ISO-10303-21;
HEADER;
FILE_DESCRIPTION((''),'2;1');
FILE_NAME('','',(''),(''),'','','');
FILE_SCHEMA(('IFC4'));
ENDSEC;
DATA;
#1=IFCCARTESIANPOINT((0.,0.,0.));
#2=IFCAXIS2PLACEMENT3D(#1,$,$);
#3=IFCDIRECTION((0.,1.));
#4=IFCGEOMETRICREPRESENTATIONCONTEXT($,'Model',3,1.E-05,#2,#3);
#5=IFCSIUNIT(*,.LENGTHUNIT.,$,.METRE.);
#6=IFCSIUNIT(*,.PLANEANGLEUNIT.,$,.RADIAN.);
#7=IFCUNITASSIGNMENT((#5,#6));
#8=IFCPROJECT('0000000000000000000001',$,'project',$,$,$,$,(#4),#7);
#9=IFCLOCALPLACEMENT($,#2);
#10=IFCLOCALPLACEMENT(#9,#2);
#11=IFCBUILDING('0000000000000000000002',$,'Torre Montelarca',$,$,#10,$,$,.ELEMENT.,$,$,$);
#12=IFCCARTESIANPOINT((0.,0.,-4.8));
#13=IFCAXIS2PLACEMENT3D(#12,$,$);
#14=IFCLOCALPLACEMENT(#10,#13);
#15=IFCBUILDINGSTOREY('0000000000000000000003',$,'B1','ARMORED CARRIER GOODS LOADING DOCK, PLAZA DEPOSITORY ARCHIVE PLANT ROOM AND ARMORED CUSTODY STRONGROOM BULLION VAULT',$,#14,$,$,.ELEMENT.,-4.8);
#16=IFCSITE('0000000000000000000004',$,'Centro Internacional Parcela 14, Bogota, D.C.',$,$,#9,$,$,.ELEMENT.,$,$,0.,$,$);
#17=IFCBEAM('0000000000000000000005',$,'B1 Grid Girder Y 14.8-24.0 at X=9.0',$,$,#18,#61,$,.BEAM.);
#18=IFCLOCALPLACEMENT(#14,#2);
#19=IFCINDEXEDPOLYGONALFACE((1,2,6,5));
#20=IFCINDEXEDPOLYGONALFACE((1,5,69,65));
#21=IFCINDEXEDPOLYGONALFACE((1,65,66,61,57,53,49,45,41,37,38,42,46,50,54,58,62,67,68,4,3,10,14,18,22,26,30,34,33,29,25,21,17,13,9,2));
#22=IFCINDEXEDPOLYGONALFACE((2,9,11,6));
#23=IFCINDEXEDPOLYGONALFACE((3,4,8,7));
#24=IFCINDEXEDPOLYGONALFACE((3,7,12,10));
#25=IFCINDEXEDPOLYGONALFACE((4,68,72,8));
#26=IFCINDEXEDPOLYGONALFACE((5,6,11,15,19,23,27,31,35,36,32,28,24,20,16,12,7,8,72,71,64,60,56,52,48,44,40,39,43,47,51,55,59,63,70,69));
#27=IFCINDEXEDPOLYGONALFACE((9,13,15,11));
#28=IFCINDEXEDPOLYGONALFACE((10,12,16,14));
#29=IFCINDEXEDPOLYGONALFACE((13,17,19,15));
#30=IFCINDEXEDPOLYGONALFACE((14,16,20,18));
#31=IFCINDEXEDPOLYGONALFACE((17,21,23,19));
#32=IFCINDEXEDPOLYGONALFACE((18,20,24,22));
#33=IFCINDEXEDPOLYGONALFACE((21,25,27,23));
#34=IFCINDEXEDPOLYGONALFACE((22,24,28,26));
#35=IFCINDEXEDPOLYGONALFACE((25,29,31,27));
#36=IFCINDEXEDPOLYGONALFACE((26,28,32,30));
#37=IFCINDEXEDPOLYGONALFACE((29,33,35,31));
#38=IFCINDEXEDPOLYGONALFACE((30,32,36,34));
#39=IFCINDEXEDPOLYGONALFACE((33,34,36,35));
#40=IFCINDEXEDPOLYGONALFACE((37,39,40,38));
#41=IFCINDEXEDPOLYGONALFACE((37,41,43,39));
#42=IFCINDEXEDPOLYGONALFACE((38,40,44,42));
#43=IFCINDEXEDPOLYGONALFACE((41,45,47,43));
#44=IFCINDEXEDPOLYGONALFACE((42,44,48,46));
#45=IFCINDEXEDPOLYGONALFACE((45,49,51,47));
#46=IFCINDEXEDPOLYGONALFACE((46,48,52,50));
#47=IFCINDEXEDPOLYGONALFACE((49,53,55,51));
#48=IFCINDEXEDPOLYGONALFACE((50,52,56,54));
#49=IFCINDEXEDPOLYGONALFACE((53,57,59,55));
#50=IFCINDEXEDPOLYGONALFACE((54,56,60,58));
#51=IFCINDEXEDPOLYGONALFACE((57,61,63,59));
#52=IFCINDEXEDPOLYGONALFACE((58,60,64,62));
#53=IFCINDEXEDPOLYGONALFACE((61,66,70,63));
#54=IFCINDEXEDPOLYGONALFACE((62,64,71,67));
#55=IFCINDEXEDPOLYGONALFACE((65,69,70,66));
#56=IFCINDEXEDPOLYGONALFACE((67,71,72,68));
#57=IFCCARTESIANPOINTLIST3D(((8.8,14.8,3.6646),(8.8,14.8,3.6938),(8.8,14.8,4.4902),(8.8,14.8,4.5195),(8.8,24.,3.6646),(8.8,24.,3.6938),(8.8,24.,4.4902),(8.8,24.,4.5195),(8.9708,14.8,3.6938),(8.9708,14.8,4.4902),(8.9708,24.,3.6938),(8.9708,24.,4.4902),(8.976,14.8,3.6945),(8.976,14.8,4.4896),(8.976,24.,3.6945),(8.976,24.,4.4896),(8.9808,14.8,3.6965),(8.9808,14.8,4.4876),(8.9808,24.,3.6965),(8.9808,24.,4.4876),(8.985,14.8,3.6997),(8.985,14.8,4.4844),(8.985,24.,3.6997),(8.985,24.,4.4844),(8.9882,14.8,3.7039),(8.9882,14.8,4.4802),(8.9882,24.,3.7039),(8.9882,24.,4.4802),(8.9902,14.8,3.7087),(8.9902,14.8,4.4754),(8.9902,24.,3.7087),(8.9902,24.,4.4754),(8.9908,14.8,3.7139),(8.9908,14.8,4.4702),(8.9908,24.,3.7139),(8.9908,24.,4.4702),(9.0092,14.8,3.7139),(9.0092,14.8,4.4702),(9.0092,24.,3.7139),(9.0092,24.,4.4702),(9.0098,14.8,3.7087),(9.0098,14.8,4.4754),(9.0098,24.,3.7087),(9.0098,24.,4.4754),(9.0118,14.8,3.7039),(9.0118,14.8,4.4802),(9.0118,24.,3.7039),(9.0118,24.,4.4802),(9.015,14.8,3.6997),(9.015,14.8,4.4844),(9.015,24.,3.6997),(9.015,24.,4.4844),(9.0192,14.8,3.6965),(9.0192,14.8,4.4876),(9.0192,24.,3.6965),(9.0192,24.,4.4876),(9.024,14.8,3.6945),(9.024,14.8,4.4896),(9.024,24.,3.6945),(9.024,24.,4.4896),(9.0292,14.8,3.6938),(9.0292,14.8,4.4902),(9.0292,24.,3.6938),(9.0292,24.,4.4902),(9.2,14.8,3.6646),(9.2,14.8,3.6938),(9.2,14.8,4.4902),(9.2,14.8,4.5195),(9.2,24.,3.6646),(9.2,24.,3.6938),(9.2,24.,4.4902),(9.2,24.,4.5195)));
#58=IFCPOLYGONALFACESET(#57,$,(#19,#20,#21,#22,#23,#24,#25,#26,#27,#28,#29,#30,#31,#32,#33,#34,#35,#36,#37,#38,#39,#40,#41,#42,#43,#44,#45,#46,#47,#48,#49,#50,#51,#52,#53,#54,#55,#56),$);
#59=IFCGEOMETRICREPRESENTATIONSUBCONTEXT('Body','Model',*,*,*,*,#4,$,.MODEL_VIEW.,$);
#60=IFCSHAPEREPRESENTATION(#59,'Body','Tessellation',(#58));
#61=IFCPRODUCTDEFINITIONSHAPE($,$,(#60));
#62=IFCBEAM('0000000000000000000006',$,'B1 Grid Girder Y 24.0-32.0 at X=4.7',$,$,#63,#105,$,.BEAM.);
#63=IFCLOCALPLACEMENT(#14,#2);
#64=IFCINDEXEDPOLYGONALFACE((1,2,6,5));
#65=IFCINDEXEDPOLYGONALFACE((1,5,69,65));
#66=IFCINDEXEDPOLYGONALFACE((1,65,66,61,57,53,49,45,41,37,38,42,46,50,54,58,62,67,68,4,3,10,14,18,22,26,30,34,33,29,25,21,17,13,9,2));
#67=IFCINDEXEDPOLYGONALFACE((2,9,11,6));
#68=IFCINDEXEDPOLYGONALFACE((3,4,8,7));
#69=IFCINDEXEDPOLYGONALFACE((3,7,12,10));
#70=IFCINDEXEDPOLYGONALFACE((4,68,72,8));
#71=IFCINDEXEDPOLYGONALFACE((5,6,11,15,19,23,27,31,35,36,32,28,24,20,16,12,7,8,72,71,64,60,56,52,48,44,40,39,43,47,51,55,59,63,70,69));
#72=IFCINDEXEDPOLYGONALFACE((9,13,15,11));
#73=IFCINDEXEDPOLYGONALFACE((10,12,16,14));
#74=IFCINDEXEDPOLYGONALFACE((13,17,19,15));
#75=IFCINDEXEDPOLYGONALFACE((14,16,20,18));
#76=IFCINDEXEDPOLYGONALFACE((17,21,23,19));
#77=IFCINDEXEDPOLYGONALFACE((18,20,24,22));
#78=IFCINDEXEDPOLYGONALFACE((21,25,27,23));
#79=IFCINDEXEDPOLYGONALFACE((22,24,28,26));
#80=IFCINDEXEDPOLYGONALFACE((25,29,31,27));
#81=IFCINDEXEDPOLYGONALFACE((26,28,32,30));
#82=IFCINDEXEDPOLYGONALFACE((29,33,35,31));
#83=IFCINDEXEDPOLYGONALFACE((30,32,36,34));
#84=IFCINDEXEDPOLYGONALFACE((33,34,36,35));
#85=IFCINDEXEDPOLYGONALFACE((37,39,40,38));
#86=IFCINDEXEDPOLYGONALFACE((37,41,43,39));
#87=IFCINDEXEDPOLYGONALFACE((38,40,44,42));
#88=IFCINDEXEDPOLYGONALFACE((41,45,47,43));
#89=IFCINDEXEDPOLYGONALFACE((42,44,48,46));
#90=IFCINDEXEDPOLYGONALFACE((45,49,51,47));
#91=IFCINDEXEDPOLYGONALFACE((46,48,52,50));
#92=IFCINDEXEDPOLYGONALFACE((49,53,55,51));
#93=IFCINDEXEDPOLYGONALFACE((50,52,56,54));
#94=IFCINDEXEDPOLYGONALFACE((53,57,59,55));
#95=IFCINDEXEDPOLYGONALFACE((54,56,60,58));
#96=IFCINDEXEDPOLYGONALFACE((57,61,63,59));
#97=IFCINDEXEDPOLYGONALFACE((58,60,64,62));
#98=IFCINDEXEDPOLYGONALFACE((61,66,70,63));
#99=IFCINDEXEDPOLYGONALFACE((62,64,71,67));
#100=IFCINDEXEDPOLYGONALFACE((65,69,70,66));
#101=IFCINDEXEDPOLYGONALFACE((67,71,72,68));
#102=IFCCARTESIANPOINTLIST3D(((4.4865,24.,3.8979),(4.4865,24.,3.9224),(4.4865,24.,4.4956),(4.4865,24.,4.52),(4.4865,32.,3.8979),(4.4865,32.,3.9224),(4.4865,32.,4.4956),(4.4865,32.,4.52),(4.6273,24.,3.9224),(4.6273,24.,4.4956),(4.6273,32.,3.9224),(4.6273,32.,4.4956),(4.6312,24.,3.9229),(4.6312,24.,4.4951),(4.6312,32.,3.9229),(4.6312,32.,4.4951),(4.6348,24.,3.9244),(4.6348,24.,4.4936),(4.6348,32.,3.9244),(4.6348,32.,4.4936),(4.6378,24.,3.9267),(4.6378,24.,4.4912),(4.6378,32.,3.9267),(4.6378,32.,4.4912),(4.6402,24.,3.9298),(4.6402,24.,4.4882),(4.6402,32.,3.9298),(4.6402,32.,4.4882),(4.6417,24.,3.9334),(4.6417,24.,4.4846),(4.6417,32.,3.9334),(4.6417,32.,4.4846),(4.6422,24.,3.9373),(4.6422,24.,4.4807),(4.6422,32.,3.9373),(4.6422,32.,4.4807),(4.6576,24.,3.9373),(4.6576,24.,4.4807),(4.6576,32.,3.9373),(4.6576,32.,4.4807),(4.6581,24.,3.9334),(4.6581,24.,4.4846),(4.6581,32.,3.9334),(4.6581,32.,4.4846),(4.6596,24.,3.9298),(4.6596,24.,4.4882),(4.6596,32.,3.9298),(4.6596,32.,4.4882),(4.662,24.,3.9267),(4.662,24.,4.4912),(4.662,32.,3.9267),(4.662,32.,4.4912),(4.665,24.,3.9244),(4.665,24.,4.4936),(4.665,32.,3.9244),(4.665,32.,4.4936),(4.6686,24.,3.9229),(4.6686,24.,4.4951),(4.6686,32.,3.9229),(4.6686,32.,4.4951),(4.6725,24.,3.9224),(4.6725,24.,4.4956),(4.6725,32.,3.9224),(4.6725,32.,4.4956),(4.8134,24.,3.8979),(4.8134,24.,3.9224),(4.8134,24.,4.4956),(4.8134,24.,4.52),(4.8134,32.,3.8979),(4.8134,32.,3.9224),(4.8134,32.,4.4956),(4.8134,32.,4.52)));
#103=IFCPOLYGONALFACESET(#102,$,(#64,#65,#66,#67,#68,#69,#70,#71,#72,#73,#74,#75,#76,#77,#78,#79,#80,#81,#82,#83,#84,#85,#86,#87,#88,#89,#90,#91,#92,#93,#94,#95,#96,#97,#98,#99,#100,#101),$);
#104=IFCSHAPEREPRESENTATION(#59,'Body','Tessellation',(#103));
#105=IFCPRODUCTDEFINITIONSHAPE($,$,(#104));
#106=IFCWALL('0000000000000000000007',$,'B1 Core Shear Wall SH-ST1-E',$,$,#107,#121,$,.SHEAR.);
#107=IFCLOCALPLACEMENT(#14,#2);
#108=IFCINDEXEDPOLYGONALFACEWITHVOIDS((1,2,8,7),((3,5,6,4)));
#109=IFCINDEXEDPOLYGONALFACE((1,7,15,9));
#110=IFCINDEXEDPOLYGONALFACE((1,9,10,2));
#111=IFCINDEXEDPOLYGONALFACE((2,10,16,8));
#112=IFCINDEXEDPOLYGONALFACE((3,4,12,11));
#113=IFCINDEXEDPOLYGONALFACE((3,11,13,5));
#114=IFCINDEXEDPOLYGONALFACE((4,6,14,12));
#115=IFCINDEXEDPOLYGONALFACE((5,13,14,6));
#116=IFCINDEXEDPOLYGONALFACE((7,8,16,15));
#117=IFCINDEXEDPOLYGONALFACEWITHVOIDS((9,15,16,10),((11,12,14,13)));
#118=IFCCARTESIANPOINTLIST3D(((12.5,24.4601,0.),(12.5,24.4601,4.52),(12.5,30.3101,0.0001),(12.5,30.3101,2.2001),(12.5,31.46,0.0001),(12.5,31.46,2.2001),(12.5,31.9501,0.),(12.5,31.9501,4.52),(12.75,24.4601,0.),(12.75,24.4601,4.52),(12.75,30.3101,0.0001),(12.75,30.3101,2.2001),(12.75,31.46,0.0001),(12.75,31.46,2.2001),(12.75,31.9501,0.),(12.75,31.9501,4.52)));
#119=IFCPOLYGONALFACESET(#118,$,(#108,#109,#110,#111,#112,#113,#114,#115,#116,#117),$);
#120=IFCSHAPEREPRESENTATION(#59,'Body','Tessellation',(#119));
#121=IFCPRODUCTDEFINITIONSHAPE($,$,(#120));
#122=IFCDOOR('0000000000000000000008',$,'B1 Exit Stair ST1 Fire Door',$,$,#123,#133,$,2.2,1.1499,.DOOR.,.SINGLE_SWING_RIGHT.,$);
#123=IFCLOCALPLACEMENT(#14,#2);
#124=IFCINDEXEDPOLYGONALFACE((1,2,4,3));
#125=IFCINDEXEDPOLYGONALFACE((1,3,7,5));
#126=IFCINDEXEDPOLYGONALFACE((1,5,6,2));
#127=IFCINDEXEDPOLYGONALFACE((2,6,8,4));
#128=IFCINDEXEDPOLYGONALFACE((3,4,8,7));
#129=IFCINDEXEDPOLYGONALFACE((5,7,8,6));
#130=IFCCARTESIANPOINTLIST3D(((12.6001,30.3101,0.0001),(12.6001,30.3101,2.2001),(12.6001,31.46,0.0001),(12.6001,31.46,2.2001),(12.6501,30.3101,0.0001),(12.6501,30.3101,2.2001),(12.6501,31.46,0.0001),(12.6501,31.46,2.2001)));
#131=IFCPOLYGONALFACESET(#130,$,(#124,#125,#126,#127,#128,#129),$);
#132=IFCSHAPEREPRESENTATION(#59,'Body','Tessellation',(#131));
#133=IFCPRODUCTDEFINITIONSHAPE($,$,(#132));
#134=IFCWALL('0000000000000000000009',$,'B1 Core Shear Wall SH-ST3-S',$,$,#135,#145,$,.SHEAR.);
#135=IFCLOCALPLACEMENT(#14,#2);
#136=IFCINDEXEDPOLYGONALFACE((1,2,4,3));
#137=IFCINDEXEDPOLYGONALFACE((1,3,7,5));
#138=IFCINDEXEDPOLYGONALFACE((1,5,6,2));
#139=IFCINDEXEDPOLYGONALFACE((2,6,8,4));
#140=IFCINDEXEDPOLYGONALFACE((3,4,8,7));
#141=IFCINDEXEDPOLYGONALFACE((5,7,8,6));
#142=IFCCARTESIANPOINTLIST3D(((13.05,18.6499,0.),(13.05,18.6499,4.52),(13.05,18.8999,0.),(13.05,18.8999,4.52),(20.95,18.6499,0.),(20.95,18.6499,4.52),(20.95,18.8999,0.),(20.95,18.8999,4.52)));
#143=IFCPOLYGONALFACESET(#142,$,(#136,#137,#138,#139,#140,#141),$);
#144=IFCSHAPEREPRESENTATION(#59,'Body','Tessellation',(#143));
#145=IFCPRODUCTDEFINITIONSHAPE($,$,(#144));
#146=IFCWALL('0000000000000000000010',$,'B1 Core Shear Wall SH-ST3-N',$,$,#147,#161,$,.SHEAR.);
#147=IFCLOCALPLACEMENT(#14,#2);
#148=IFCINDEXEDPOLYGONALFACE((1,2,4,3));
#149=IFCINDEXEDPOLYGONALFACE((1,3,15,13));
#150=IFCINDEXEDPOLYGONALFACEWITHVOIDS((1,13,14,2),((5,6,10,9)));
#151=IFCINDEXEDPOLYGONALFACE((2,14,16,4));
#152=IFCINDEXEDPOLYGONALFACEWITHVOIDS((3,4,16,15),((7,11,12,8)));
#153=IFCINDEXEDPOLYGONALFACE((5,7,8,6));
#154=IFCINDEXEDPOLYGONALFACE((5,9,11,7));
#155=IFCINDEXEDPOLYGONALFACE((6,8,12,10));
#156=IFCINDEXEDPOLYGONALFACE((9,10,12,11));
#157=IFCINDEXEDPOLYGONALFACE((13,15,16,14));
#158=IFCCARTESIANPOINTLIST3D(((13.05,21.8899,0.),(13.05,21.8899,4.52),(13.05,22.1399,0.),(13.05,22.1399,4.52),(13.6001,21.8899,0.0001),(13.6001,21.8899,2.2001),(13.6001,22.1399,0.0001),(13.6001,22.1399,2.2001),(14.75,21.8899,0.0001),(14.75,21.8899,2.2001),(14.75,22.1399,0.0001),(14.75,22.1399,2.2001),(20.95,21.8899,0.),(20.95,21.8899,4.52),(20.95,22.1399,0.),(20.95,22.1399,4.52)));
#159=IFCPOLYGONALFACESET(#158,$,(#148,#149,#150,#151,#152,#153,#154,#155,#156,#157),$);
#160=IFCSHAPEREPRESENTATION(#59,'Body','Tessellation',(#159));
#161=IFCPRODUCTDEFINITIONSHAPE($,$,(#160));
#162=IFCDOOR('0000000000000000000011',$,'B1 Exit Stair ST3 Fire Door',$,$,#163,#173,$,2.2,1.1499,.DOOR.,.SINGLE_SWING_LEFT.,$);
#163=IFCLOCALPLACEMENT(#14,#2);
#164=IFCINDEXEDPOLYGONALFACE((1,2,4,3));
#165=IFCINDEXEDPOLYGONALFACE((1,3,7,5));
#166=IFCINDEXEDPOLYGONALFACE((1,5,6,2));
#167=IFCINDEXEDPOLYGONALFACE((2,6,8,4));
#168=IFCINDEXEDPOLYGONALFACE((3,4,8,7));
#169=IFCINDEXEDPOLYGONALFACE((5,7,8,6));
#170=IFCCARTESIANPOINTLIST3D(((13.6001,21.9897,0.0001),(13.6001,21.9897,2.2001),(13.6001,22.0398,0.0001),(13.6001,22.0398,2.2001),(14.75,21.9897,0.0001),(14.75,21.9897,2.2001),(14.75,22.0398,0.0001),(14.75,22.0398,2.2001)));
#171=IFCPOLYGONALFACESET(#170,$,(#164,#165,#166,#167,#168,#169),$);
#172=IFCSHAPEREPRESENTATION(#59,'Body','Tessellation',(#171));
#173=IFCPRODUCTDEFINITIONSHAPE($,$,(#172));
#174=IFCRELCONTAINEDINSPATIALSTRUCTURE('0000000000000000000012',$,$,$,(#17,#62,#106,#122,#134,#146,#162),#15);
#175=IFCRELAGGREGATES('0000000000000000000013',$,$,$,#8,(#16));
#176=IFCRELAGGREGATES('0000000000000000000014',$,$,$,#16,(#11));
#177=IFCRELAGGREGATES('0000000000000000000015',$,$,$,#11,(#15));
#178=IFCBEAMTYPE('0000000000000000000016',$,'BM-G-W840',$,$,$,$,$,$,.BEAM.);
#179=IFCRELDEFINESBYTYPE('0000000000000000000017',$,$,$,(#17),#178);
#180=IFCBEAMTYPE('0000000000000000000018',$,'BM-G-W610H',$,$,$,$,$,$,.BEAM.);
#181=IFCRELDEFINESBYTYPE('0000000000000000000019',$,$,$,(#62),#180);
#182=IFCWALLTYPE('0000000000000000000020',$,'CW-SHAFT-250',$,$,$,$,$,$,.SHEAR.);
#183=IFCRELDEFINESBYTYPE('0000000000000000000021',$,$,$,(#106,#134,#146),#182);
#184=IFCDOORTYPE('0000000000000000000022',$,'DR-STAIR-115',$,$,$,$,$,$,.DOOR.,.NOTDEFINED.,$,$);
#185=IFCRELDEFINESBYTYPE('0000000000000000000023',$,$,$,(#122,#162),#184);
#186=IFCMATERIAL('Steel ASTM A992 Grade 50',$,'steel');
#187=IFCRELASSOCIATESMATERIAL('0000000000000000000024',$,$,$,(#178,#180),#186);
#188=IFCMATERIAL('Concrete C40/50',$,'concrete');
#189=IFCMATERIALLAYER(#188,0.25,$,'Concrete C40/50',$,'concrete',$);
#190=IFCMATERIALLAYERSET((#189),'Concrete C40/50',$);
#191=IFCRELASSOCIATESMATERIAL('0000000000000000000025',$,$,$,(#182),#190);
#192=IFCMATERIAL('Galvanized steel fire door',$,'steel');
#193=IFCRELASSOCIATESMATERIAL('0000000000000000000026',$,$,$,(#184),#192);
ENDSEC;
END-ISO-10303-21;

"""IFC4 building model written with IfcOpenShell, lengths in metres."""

from ifc_helpers import new_model, si_unit, direction, frame, frame_2d, origin, origin_2d, place, context, subcontext, project, spatial, rectangle, i_section, extrude, source, transform, mapped, material, layer, layer_set, material_profile, profile_set, type_object, element, fill, save


model = new_model("IFC4")

# Units and contexts
model_context = context("Model", 3, precision=1e-05, world=origin(), true_north=direction((0.0, 1.0)))
body_context = subcontext(model_context, "Body", "Model", "MODEL_VIEW")
ifc_project = project(units=[si_unit("LENGTHUNIT", "METRE"), si_unit("PLANEANGLEUNIT", "RADIAN")], contexts=[model_context])

# Site, building, storey
site_placement = place(None, origin())
site = spatial("IfcSite", under=ifc_project, at=site_placement, Name="Centro Internacional Parcela 14, Bogota, D.C.", CompositionType="ELEMENT", RefElevation=0.0)
building_placement = place(site_placement, origin())
building = spatial("IfcBuilding", under=site, at=building_placement, Name="Torre Montelarca", CompositionType="ELEMENT")
storey_placement = place(building_placement, frame((0.0, 0.0, -4.8)))
storey = spatial("IfcBuildingStorey", under=building, at=storey_placement, Name="B1", Description="ARMORED CARRIER GOODS LOADING DOCK, PLAZA DEPOSITORY ARCHIVE PLANT ROOM AND ARMORED CUSTODY STRONGROOM BULLION VAULT", CompositionType="ELEMENT", Elevation=-4.8)

# Beams
ifc_material_1 = material(Name="Steel ASTM A992 Grade 50", Category="steel")
ifc_material_profile_1 = material_profile(ifc_material_1, i_section(OverallWidth=0.3999, OverallDepth=0.855, WebThickness=0.0183, FlangeThickness=0.0293, FilletRadius=0.02, at=origin_2d()), Name="W840X299", Category="steel")
ifc_profile_set_1 = profile_set([ifc_material_profile_1], Name="Steel ASTM A992 Grade 50")
beam_type_1 = type_object("IfcBeamType", Name="BM-G-W840", PredefinedType="BEAM", material=ifc_profile_set_1)
shared_shape_1 = source(origin(), body_context, "Body", "SweptSolid", [
    extrude(i_section(OverallWidth=0.3999, OverallDepth=0.855, WebThickness=0.0183, FlangeThickness=0.0293, FilletRadius=0.02, at=origin_2d()), origin(), (0.0, 0.0, 1.0), 9.2),
])
beam_1_placement = place(storey_placement, frame((9.0, 14.8, 4.092), z_axis=(0.0, 1.0, 0.0), x_axis=(-1.0, 0.0, 0.0)))
element("IfcBeam", 1, at=beam_1_placement, inside=storey, type_object=beam_type_1, Name="B1 Grid Girder Y 14.8-24.0 at X=9.0", PredefinedType="BEAM", context=body_context, shape_type="MappedRepresentation", body=[
    mapped(shared_shape_1, transform((0.0, 0.0, 0.0), scale=1.0)),
])
ifc_material_profile_2 = material_profile(ifc_material_1, i_section(OverallWidth=0.3269, OverallDepth=0.6221, WebThickness=0.0154, FlangeThickness=0.0244, FilletRadius=0.0149, at=origin_2d()), Name="W610X195", Category="steel")
ifc_profile_set_2 = profile_set([ifc_material_profile_2], Name="Steel ASTM A992 Grade 50")
beam_type_2 = type_object("IfcBeamType", Name="BM-G-W610H", PredefinedType="BEAM", material=ifc_profile_set_2)
shared_shape_2 = source(origin(), body_context, "Body", "SweptSolid", [
    extrude(i_section(OverallWidth=0.3269, OverallDepth=0.6221, WebThickness=0.0154, FlangeThickness=0.0244, FilletRadius=0.0149, at=origin_2d()), origin(), (0.0, 0.0, 1.0), 8.0),
])
beam_2_placement = place(storey_placement, frame((4.6499, 24.0, 4.209), z_axis=(0.0, 1.0, 0.0), x_axis=(-1.0, 0.0, 0.0)))
element("IfcBeam", 2, at=beam_2_placement, inside=storey, type_object=beam_type_2, Name="B1 Grid Girder Y 24.0-32.0 at X=4.7", PredefinedType="BEAM", context=body_context, shape_type="MappedRepresentation", body=[
    mapped(shared_shape_2, transform((0.0, 0.0, 0.0), scale=1.0)),
])

# Wall, opening, door
ifc_material_2 = material(Name="Concrete C40/50", Category="concrete")
ifc_layer_1 = layer(ifc_material_2, 0.25, Name="Concrete C40/50", Category="concrete")
ifc_layer_set_1 = layer_set([ifc_layer_1], Name="Concrete C40/50")
wall_type_1 = type_object("IfcWallType", Name="CW-SHAFT-250", PredefinedType="SHEAR", material=ifc_layer_set_1)
wall_1_placement = place(storey_placement, frame((12.625, 24.46, 0.0), z_axis=(0.0, 0.0, 1.0), x_axis=(0.0, 1.0, 0.0)))
wall_1 = element("IfcWall", 3, at=wall_1_placement, inside=storey, type_object=wall_type_1, Name="B1 Core Shear Wall SH-ST1-E", PredefinedType="SHEAR", context=body_context, shape_type="SweptSolid", body=[
    extrude(rectangle(XDim=7.49, YDim=0.25, at=frame_2d((3.7451, 0.0))), origin(), (0.0, 0.0, 1.0), 4.52),
])
opening_1_placement = place(wall_1_placement, frame((5.8501, 0.0, 0.0)))
opening_1 = element("IfcOpeningElement", 4, at=opening_1_placement, cuts=wall_1, PredefinedType="OPENING", context=body_context, shape_type="SweptSolid", body=[
    extrude(rectangle(XDim=1.1499, YDim=2.2, at=frame_2d((0.575, 1.1001))), frame((0.0, 0.135, 0.0), z_axis=(0.0, -1.0, 0.0), x_axis=(1.0, 0.0, 0.0)), (0.0, 0.0, 1.0), 0.27),
])
ifc_material_3 = material(Name="Galvanized steel fire door", Category="steel")
door_type_1 = type_object("IfcDoorType", Name="DR-STAIR-115", OperationType="NOTDEFINED", PredefinedType="DOOR", material=ifc_material_3)
shared_shape_3 = source(origin(), body_context, "Body", "SweptSolid", [
    extrude(rectangle(XDim=1.1499, YDim=2.2, at=frame_2d((0.575, 1.1001))), frame((0.0, 0.0249, 0.0), z_axis=(0.0, -1.0, 0.0), x_axis=(1.0, 0.0, 0.0)), (0.0, 0.0, 1.0), 0.05),
])
door_1_placement = place(opening_1_placement, origin())
door_1 = element("IfcDoor", 5, at=door_1_placement, inside=storey, type_object=door_type_1, Name="B1 Exit Stair ST1 Fire Door", OperationType="SINGLE_SWING_RIGHT", OverallHeight=2.2, OverallWidth=1.1499, PredefinedType="DOOR", context=body_context, shape_type="MappedRepresentation", body=[
    mapped(shared_shape_3, transform((0.0, 0.0, 0.0), scale=1.0)),
])
fill(opening_1, door_1)

# Wall
wall_2_placement = place(storey_placement, frame((13.05, 18.7749, 0.0), z_axis=(0.0, 0.0, 1.0), x_axis=(1.0, 0.0, 0.0)))
element("IfcWall", 6, at=wall_2_placement, inside=storey, type_object=wall_type_1, Name="B1 Core Shear Wall SH-ST3-S", PredefinedType="SHEAR", context=body_context, shape_type="SweptSolid", body=[
    extrude(rectangle(XDim=7.8999, YDim=0.25, at=frame_2d((3.95, 0.0))), origin(), (0.0, 0.0, 1.0), 4.52),
])

# Wall, opening, door
wall_3_placement = place(storey_placement, frame((13.05, 22.0149, 0.0), z_axis=(0.0, 0.0, 1.0), x_axis=(1.0, 0.0, 0.0)))
wall_3 = element("IfcWall", 7, at=wall_3_placement, inside=storey, type_object=wall_type_1, Name="B1 Core Shear Wall SH-ST3-N", PredefinedType="SHEAR", context=body_context, shape_type="SweptSolid", body=[
    extrude(rectangle(XDim=7.8999, YDim=0.25, at=frame_2d((3.95, 0.0))), origin(), (0.0, 0.0, 1.0), 4.52),
])
opening_2_placement = place(wall_3_placement, frame((0.55, 0.0, 0.0)))
opening_2 = element("IfcOpeningElement", 8, at=opening_2_placement, cuts=wall_3, PredefinedType="OPENING", context=body_context, shape_type="SweptSolid", body=[
    extrude(rectangle(XDim=1.1499, YDim=2.2, at=frame_2d((0.575, 1.1001))), frame((0.0, 0.135, 0.0), z_axis=(0.0, -1.0, 0.0), x_axis=(1.0, 0.0, 0.0)), (0.0, 0.0, 1.0), 0.27),
])
door_2_placement = place(opening_2_placement, origin())
door_2 = element("IfcDoor", 9, at=door_2_placement, inside=storey, type_object=door_type_1, Name="B1 Exit Stair ST3 Fire Door", OperationType="SINGLE_SWING_LEFT", OverallHeight=2.2, OverallWidth=1.1499, PredefinedType="DOOR", context=body_context, shape_type="MappedRepresentation", body=[
    mapped(shared_shape_3, transform((0.0, 0.0, 0.0), scale=1.0)),
])
fill(opening_2, door_2)

save(model, "model.ifc")
